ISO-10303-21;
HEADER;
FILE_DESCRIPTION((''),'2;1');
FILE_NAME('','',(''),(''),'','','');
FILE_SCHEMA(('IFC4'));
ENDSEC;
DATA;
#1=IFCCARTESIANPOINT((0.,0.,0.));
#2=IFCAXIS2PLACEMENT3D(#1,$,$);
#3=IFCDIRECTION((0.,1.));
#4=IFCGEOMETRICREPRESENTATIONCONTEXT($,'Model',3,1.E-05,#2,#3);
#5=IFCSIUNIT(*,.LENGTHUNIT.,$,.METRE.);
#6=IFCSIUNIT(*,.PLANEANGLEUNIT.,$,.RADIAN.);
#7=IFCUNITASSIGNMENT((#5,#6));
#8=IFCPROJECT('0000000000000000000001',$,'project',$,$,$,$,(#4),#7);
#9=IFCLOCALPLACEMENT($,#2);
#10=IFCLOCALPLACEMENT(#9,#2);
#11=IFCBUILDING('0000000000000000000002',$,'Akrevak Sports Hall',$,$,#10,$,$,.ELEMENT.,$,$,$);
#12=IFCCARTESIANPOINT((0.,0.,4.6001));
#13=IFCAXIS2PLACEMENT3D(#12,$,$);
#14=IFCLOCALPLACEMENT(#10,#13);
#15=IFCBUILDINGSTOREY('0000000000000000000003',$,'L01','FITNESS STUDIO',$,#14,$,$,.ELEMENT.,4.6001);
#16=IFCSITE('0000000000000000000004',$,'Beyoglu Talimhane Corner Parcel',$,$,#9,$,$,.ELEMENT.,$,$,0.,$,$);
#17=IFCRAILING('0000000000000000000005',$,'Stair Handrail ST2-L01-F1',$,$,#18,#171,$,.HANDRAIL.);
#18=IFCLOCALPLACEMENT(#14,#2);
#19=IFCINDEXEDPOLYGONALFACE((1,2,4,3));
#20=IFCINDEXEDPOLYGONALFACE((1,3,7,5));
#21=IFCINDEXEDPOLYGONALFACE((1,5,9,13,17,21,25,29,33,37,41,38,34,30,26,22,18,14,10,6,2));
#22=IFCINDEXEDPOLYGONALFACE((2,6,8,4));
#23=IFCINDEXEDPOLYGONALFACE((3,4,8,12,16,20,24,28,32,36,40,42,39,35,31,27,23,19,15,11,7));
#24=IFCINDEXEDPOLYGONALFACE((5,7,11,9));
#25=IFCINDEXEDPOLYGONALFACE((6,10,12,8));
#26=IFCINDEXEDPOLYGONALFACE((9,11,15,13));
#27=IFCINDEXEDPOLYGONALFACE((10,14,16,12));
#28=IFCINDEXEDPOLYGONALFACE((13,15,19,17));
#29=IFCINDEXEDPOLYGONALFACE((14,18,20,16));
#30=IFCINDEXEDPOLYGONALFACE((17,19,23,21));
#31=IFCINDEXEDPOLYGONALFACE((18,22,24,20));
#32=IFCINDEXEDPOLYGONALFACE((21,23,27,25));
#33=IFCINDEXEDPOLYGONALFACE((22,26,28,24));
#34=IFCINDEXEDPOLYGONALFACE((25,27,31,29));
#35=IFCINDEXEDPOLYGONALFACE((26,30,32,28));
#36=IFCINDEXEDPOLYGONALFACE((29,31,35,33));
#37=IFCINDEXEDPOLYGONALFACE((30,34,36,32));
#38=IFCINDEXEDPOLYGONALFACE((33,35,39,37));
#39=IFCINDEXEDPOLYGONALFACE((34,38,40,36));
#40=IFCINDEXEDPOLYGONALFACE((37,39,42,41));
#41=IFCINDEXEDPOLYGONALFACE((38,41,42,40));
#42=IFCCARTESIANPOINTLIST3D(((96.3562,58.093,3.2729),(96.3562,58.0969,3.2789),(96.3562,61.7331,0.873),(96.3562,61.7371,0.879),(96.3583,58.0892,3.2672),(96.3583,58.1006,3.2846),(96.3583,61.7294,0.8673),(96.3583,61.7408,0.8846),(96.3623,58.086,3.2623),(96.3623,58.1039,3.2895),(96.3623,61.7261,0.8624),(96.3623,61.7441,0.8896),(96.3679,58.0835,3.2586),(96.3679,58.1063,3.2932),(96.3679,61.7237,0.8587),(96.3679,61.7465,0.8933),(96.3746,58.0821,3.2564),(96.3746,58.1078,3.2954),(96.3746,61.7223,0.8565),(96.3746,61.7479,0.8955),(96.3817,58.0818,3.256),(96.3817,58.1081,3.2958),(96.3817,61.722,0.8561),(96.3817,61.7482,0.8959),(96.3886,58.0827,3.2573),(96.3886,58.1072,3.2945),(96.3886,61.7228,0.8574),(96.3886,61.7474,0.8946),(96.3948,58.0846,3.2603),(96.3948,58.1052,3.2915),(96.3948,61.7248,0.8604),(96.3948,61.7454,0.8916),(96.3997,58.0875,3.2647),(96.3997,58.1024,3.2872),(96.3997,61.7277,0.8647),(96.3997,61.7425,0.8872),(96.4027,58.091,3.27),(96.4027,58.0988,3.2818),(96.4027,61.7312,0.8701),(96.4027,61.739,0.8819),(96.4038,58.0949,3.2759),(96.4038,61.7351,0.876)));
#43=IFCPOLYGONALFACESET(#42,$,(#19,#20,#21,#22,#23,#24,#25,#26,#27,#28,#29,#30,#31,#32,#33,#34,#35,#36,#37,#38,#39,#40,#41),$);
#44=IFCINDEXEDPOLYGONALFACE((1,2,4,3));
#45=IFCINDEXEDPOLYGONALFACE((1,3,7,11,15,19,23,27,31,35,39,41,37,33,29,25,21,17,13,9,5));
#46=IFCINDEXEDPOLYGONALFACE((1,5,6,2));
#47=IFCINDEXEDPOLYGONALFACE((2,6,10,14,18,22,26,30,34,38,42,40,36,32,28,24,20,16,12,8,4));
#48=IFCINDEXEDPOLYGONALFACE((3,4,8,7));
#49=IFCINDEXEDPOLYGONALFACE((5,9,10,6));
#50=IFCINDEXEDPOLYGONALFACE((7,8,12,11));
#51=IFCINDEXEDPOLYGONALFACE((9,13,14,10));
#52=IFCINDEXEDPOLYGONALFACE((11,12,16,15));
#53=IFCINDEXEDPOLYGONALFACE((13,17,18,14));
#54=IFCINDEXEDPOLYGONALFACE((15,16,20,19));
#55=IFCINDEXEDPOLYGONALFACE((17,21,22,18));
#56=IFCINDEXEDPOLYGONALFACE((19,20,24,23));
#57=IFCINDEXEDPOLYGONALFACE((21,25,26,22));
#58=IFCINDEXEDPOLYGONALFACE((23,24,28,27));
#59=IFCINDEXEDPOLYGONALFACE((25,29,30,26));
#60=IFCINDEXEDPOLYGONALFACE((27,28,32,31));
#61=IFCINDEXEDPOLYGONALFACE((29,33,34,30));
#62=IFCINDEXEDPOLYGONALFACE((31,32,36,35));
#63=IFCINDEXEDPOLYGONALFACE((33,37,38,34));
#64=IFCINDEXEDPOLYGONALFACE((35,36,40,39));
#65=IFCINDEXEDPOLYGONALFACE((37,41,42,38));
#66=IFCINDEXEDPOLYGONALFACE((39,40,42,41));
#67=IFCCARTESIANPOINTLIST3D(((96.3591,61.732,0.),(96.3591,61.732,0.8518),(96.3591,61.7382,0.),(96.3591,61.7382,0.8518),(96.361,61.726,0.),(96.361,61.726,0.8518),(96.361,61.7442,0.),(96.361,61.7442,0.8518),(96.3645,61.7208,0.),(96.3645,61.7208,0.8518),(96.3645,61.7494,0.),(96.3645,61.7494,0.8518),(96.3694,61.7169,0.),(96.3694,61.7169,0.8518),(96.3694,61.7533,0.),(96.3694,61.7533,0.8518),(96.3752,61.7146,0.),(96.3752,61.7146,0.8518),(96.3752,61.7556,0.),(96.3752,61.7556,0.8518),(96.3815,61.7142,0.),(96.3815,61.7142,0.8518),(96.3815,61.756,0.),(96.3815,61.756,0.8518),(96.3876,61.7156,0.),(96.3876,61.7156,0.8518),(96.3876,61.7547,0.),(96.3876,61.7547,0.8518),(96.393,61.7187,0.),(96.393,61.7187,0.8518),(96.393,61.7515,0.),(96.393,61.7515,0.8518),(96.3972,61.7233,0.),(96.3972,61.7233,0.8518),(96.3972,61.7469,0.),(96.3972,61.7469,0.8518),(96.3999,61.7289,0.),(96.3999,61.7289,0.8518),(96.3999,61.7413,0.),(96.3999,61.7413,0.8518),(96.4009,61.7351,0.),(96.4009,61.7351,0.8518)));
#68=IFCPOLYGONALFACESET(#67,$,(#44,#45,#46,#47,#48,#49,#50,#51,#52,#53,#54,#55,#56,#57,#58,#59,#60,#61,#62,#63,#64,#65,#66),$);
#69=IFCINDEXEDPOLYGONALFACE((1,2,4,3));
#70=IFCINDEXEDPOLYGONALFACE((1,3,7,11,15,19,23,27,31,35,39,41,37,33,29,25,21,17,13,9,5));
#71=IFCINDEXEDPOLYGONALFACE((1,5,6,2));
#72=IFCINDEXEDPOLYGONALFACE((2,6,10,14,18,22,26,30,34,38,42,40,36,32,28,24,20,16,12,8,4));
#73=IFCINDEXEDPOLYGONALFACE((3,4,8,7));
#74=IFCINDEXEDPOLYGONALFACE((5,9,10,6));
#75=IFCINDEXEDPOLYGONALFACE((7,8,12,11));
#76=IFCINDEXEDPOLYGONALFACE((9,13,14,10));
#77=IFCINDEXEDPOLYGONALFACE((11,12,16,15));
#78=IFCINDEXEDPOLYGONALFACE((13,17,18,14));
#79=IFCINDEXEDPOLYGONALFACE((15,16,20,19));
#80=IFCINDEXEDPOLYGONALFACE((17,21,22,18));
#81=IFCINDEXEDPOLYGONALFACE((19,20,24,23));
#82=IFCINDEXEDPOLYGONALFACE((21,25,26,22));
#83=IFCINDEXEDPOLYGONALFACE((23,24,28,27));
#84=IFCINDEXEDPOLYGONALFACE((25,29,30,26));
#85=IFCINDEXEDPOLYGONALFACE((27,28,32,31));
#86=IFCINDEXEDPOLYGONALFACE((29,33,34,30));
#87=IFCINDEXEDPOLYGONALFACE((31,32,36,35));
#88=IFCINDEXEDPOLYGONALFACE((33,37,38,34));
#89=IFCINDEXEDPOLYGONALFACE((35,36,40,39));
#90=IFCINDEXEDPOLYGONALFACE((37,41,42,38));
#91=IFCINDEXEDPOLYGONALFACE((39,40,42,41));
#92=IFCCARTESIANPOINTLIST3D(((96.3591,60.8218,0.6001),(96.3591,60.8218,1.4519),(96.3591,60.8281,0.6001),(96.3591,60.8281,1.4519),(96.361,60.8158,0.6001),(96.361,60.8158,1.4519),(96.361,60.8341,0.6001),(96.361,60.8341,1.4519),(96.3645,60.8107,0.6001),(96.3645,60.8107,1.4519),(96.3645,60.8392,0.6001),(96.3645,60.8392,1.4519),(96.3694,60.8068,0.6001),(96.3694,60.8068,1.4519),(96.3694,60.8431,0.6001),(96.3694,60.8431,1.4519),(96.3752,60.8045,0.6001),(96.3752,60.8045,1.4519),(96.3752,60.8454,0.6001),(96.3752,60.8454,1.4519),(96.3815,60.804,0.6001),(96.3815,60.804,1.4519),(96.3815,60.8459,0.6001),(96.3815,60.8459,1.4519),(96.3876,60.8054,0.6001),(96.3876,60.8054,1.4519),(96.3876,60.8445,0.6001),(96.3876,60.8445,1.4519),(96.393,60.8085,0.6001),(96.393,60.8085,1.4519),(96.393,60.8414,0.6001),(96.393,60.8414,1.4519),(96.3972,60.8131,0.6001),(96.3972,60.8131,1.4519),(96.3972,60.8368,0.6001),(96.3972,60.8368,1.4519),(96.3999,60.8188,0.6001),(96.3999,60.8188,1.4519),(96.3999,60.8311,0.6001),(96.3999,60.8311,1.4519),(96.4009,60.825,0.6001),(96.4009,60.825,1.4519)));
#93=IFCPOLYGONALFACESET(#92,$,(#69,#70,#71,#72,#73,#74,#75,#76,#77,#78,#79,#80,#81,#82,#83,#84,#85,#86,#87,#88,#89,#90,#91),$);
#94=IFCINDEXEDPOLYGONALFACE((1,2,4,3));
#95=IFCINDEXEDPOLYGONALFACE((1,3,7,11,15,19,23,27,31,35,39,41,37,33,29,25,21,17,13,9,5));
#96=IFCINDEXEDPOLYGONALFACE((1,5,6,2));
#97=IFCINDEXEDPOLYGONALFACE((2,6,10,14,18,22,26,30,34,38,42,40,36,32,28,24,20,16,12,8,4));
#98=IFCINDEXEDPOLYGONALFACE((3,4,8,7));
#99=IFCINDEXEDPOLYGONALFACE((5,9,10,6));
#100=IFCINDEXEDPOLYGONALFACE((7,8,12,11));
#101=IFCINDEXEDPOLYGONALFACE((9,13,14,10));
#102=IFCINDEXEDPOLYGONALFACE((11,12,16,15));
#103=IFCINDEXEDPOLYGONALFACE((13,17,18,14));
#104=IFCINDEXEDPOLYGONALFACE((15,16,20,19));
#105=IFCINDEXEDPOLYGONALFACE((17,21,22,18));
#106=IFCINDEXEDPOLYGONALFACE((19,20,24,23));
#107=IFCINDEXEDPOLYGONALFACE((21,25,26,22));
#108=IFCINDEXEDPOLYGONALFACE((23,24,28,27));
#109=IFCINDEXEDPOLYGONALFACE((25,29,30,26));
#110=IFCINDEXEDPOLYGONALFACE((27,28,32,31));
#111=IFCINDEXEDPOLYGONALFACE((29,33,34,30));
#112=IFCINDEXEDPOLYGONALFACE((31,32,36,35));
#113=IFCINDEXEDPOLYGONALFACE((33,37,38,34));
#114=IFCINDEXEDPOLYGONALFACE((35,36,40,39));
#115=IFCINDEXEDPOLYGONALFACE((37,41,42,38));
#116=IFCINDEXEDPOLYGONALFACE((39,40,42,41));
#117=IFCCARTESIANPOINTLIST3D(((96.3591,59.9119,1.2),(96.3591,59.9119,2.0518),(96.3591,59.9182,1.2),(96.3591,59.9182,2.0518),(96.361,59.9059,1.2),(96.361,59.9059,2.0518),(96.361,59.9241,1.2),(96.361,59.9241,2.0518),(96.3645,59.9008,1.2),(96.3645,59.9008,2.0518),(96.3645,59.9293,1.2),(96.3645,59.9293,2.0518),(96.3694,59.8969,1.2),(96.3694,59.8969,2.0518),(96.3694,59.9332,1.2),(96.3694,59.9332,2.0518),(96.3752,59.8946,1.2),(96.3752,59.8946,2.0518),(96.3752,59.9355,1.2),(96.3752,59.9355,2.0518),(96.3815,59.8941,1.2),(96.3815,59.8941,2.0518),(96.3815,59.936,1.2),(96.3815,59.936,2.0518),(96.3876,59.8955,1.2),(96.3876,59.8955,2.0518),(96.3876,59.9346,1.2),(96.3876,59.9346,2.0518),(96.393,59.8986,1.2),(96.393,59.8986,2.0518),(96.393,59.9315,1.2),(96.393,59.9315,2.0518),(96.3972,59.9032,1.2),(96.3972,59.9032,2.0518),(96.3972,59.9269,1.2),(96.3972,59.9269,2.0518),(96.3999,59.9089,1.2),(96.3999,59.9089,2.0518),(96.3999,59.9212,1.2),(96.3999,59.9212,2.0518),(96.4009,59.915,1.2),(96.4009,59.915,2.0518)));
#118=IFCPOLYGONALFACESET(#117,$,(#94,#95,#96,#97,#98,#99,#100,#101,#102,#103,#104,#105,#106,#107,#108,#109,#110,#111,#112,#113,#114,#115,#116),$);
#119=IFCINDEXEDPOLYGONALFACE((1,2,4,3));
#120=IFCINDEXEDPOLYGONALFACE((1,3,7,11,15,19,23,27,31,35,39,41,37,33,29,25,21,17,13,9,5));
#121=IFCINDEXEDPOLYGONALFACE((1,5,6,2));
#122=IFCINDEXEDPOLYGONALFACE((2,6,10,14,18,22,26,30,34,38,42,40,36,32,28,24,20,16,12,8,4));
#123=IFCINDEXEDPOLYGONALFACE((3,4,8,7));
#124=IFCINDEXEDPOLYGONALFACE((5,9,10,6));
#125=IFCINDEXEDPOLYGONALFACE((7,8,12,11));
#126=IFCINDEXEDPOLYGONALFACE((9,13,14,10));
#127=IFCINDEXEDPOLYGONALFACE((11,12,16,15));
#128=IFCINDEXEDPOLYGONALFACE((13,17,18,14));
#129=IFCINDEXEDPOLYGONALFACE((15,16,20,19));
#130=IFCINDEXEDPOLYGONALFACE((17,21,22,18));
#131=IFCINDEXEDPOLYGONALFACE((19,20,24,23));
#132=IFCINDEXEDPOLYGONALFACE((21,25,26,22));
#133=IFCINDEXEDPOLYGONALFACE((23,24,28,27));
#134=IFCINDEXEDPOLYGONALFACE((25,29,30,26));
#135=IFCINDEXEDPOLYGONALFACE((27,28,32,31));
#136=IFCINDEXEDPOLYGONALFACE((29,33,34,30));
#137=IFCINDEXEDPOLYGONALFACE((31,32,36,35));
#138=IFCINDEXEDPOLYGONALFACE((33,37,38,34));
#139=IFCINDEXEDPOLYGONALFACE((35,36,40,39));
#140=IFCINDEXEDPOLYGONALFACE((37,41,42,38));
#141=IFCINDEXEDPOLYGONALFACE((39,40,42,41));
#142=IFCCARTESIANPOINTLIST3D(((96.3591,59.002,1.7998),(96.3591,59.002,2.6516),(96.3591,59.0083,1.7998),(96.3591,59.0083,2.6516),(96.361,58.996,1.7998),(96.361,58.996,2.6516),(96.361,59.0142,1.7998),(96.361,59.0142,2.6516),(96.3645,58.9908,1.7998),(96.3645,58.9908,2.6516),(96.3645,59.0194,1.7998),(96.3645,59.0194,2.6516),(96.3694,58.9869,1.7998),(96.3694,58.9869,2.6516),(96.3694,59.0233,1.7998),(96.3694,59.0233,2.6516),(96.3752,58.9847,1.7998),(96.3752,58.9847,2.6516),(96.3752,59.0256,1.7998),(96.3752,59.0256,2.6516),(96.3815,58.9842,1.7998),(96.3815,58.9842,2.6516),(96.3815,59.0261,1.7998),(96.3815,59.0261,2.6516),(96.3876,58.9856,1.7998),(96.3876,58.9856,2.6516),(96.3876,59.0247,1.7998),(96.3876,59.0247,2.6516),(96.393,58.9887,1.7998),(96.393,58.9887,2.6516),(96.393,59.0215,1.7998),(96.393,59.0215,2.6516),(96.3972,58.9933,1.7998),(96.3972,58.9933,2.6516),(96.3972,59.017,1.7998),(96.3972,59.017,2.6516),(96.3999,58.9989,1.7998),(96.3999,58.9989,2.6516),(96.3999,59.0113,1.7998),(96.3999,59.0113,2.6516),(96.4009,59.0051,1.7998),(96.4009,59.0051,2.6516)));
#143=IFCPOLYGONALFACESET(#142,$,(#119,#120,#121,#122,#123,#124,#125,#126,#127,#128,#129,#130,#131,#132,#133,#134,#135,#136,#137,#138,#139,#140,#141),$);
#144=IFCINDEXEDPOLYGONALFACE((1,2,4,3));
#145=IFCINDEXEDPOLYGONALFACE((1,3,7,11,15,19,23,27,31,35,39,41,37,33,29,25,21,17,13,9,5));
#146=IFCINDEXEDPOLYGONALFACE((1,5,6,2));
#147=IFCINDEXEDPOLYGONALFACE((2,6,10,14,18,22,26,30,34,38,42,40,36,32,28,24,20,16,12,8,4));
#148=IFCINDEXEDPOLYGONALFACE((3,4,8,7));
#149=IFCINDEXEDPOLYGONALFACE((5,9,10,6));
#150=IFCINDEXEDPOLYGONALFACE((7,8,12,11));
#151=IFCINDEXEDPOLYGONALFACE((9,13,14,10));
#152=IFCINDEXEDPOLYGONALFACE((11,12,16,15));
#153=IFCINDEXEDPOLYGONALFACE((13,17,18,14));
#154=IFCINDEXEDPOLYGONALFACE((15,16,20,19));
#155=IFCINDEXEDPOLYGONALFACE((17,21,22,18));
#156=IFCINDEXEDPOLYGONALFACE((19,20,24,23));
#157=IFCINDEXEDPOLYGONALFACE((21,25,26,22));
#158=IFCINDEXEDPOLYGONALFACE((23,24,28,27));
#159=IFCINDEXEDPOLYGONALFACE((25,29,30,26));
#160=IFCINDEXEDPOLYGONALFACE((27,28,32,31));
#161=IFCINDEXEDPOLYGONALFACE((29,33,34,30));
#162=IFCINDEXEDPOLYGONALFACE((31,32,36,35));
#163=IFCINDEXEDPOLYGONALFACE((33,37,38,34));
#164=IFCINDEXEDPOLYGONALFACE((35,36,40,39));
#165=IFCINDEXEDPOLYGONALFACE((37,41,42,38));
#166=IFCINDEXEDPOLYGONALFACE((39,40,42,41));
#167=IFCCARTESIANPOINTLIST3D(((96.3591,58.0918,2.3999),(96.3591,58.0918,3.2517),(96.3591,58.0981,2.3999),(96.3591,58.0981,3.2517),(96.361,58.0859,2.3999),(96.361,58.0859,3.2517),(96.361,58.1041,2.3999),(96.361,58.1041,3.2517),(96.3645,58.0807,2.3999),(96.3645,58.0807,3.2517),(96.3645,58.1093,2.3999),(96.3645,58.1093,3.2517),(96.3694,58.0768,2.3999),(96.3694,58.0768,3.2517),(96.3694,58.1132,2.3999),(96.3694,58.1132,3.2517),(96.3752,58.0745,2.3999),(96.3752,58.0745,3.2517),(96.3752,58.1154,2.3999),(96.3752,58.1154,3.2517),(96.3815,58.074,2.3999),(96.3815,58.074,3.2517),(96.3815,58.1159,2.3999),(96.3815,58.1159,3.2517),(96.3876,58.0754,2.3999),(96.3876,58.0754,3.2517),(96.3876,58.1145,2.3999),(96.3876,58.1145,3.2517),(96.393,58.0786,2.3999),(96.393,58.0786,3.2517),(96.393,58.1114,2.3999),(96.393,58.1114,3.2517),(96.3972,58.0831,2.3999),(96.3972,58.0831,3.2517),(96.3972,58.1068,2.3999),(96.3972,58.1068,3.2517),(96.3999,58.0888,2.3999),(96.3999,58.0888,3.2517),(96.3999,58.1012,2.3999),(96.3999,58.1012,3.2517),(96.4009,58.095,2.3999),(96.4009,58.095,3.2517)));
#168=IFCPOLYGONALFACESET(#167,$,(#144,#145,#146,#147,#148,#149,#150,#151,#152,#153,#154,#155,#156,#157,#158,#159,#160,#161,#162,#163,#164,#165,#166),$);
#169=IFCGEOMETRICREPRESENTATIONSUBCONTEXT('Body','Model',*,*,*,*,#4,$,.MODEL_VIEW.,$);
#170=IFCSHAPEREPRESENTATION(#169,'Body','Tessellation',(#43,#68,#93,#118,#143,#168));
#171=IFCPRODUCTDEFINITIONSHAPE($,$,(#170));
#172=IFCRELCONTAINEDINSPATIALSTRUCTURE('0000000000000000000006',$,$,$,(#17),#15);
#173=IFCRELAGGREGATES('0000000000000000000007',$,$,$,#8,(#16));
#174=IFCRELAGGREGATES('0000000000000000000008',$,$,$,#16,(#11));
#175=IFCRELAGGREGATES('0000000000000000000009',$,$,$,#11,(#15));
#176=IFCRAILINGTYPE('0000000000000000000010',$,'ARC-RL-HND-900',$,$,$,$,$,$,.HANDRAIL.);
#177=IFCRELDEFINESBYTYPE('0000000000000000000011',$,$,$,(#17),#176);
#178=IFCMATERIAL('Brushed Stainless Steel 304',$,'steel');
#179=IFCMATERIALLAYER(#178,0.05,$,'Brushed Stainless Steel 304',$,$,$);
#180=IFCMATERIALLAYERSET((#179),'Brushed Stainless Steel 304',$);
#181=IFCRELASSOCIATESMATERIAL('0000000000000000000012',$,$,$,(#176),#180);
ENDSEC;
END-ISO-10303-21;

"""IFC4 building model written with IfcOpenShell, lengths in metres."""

from ifc_helpers import new_model, si_unit, direction, frame, origin, origin_2d, place, context, subcontext, project, spatial, circle, extrude, material, layer, layer_set, type_object, element, save


model = new_model("IFC4")

# Units and contexts
model_context = context("Model", 3, precision=1e-05, world=origin(), true_north=direction((0.0, 1.0)))
body_context = subcontext(model_context, "Body", "Model", "MODEL_VIEW")
ifc_project = project(units=[si_unit("LENGTHUNIT", "METRE"), si_unit("PLANEANGLEUNIT", "RADIAN")], contexts=[model_context])

# Site, building, storey
site_placement = place(None, origin())
site = spatial("IfcSite", under=ifc_project, at=site_placement, Name="Beyoglu Talimhane Corner Parcel", CompositionType="ELEMENT", RefElevation=0.0)
building_placement = place(site_placement, origin())
building = spatial("IfcBuilding", under=site, at=building_placement, Name="Akrevak Sports Hall", CompositionType="ELEMENT")
storey_placement = place(building_placement, frame((0.0, 0.0, 4.6001)))
storey = spatial("IfcBuildingStorey", under=building, at=storey_placement, Name="L01", Description="FITNESS STUDIO", CompositionType="ELEMENT", Elevation=4.6001)

# Railing
ifc_material_1 = material(Name="Brushed Stainless Steel 304", Category="steel")
ifc_layer_1 = layer(ifc_material_1, 0.05, Name="Brushed Stainless Steel 304")
ifc_layer_set_1 = layer_set([ifc_layer_1], Name="Brushed Stainless Steel 304")
railing_type_1 = type_object("IfcRailingType", Name="ARC-RL-HND-900", PredefinedType="HANDRAIL", material=ifc_layer_set_1)
railing_1_placement = place(storey_placement, frame((96.3799, 61.7351, 0.0)))
element("IfcRailing", 1, at=railing_1_placement, inside=storey, type_object=railing_type_1, Name="Stair Handrail ST2-L01-F1", PredefinedType="HANDRAIL", context=body_context, shape_type="SweptSolid", body=[
    extrude(circle(Radius=0.0239, at=origin_2d()), frame((0.0, 0.0, 0.876), z_axis=(0.0, -0.834882, 0.550429), x_axis=(1.0, 0.0, 0.0)), (0.0, 0.0, 1.0), 4.3601),
    extrude(circle(Radius=0.021, at=origin_2d()), origin(), (0.0, 0.0, 1.0), 0.8518),
    extrude(circle(Radius=0.021, at=origin_2d()), frame((0.0, -0.9102, 0.6001)), (0.0, 0.0, 1.0), 0.8518),
    extrude(circle(Radius=0.021, at=origin_2d()), frame((0.0, -1.8201, 1.2)), (0.0, 0.0, 1.0), 0.8518),
    extrude(circle(Radius=0.021, at=origin_2d()), frame((0.0, -2.73, 1.7998)), (0.0, 0.0, 1.0), 0.8518),
    extrude(circle(Radius=0.021, at=origin_2d()), frame((0.0, -3.6401, 2.3999)), (0.0, 0.0, 1.0), 0.8518),
])

save(model, "model.ifc")
